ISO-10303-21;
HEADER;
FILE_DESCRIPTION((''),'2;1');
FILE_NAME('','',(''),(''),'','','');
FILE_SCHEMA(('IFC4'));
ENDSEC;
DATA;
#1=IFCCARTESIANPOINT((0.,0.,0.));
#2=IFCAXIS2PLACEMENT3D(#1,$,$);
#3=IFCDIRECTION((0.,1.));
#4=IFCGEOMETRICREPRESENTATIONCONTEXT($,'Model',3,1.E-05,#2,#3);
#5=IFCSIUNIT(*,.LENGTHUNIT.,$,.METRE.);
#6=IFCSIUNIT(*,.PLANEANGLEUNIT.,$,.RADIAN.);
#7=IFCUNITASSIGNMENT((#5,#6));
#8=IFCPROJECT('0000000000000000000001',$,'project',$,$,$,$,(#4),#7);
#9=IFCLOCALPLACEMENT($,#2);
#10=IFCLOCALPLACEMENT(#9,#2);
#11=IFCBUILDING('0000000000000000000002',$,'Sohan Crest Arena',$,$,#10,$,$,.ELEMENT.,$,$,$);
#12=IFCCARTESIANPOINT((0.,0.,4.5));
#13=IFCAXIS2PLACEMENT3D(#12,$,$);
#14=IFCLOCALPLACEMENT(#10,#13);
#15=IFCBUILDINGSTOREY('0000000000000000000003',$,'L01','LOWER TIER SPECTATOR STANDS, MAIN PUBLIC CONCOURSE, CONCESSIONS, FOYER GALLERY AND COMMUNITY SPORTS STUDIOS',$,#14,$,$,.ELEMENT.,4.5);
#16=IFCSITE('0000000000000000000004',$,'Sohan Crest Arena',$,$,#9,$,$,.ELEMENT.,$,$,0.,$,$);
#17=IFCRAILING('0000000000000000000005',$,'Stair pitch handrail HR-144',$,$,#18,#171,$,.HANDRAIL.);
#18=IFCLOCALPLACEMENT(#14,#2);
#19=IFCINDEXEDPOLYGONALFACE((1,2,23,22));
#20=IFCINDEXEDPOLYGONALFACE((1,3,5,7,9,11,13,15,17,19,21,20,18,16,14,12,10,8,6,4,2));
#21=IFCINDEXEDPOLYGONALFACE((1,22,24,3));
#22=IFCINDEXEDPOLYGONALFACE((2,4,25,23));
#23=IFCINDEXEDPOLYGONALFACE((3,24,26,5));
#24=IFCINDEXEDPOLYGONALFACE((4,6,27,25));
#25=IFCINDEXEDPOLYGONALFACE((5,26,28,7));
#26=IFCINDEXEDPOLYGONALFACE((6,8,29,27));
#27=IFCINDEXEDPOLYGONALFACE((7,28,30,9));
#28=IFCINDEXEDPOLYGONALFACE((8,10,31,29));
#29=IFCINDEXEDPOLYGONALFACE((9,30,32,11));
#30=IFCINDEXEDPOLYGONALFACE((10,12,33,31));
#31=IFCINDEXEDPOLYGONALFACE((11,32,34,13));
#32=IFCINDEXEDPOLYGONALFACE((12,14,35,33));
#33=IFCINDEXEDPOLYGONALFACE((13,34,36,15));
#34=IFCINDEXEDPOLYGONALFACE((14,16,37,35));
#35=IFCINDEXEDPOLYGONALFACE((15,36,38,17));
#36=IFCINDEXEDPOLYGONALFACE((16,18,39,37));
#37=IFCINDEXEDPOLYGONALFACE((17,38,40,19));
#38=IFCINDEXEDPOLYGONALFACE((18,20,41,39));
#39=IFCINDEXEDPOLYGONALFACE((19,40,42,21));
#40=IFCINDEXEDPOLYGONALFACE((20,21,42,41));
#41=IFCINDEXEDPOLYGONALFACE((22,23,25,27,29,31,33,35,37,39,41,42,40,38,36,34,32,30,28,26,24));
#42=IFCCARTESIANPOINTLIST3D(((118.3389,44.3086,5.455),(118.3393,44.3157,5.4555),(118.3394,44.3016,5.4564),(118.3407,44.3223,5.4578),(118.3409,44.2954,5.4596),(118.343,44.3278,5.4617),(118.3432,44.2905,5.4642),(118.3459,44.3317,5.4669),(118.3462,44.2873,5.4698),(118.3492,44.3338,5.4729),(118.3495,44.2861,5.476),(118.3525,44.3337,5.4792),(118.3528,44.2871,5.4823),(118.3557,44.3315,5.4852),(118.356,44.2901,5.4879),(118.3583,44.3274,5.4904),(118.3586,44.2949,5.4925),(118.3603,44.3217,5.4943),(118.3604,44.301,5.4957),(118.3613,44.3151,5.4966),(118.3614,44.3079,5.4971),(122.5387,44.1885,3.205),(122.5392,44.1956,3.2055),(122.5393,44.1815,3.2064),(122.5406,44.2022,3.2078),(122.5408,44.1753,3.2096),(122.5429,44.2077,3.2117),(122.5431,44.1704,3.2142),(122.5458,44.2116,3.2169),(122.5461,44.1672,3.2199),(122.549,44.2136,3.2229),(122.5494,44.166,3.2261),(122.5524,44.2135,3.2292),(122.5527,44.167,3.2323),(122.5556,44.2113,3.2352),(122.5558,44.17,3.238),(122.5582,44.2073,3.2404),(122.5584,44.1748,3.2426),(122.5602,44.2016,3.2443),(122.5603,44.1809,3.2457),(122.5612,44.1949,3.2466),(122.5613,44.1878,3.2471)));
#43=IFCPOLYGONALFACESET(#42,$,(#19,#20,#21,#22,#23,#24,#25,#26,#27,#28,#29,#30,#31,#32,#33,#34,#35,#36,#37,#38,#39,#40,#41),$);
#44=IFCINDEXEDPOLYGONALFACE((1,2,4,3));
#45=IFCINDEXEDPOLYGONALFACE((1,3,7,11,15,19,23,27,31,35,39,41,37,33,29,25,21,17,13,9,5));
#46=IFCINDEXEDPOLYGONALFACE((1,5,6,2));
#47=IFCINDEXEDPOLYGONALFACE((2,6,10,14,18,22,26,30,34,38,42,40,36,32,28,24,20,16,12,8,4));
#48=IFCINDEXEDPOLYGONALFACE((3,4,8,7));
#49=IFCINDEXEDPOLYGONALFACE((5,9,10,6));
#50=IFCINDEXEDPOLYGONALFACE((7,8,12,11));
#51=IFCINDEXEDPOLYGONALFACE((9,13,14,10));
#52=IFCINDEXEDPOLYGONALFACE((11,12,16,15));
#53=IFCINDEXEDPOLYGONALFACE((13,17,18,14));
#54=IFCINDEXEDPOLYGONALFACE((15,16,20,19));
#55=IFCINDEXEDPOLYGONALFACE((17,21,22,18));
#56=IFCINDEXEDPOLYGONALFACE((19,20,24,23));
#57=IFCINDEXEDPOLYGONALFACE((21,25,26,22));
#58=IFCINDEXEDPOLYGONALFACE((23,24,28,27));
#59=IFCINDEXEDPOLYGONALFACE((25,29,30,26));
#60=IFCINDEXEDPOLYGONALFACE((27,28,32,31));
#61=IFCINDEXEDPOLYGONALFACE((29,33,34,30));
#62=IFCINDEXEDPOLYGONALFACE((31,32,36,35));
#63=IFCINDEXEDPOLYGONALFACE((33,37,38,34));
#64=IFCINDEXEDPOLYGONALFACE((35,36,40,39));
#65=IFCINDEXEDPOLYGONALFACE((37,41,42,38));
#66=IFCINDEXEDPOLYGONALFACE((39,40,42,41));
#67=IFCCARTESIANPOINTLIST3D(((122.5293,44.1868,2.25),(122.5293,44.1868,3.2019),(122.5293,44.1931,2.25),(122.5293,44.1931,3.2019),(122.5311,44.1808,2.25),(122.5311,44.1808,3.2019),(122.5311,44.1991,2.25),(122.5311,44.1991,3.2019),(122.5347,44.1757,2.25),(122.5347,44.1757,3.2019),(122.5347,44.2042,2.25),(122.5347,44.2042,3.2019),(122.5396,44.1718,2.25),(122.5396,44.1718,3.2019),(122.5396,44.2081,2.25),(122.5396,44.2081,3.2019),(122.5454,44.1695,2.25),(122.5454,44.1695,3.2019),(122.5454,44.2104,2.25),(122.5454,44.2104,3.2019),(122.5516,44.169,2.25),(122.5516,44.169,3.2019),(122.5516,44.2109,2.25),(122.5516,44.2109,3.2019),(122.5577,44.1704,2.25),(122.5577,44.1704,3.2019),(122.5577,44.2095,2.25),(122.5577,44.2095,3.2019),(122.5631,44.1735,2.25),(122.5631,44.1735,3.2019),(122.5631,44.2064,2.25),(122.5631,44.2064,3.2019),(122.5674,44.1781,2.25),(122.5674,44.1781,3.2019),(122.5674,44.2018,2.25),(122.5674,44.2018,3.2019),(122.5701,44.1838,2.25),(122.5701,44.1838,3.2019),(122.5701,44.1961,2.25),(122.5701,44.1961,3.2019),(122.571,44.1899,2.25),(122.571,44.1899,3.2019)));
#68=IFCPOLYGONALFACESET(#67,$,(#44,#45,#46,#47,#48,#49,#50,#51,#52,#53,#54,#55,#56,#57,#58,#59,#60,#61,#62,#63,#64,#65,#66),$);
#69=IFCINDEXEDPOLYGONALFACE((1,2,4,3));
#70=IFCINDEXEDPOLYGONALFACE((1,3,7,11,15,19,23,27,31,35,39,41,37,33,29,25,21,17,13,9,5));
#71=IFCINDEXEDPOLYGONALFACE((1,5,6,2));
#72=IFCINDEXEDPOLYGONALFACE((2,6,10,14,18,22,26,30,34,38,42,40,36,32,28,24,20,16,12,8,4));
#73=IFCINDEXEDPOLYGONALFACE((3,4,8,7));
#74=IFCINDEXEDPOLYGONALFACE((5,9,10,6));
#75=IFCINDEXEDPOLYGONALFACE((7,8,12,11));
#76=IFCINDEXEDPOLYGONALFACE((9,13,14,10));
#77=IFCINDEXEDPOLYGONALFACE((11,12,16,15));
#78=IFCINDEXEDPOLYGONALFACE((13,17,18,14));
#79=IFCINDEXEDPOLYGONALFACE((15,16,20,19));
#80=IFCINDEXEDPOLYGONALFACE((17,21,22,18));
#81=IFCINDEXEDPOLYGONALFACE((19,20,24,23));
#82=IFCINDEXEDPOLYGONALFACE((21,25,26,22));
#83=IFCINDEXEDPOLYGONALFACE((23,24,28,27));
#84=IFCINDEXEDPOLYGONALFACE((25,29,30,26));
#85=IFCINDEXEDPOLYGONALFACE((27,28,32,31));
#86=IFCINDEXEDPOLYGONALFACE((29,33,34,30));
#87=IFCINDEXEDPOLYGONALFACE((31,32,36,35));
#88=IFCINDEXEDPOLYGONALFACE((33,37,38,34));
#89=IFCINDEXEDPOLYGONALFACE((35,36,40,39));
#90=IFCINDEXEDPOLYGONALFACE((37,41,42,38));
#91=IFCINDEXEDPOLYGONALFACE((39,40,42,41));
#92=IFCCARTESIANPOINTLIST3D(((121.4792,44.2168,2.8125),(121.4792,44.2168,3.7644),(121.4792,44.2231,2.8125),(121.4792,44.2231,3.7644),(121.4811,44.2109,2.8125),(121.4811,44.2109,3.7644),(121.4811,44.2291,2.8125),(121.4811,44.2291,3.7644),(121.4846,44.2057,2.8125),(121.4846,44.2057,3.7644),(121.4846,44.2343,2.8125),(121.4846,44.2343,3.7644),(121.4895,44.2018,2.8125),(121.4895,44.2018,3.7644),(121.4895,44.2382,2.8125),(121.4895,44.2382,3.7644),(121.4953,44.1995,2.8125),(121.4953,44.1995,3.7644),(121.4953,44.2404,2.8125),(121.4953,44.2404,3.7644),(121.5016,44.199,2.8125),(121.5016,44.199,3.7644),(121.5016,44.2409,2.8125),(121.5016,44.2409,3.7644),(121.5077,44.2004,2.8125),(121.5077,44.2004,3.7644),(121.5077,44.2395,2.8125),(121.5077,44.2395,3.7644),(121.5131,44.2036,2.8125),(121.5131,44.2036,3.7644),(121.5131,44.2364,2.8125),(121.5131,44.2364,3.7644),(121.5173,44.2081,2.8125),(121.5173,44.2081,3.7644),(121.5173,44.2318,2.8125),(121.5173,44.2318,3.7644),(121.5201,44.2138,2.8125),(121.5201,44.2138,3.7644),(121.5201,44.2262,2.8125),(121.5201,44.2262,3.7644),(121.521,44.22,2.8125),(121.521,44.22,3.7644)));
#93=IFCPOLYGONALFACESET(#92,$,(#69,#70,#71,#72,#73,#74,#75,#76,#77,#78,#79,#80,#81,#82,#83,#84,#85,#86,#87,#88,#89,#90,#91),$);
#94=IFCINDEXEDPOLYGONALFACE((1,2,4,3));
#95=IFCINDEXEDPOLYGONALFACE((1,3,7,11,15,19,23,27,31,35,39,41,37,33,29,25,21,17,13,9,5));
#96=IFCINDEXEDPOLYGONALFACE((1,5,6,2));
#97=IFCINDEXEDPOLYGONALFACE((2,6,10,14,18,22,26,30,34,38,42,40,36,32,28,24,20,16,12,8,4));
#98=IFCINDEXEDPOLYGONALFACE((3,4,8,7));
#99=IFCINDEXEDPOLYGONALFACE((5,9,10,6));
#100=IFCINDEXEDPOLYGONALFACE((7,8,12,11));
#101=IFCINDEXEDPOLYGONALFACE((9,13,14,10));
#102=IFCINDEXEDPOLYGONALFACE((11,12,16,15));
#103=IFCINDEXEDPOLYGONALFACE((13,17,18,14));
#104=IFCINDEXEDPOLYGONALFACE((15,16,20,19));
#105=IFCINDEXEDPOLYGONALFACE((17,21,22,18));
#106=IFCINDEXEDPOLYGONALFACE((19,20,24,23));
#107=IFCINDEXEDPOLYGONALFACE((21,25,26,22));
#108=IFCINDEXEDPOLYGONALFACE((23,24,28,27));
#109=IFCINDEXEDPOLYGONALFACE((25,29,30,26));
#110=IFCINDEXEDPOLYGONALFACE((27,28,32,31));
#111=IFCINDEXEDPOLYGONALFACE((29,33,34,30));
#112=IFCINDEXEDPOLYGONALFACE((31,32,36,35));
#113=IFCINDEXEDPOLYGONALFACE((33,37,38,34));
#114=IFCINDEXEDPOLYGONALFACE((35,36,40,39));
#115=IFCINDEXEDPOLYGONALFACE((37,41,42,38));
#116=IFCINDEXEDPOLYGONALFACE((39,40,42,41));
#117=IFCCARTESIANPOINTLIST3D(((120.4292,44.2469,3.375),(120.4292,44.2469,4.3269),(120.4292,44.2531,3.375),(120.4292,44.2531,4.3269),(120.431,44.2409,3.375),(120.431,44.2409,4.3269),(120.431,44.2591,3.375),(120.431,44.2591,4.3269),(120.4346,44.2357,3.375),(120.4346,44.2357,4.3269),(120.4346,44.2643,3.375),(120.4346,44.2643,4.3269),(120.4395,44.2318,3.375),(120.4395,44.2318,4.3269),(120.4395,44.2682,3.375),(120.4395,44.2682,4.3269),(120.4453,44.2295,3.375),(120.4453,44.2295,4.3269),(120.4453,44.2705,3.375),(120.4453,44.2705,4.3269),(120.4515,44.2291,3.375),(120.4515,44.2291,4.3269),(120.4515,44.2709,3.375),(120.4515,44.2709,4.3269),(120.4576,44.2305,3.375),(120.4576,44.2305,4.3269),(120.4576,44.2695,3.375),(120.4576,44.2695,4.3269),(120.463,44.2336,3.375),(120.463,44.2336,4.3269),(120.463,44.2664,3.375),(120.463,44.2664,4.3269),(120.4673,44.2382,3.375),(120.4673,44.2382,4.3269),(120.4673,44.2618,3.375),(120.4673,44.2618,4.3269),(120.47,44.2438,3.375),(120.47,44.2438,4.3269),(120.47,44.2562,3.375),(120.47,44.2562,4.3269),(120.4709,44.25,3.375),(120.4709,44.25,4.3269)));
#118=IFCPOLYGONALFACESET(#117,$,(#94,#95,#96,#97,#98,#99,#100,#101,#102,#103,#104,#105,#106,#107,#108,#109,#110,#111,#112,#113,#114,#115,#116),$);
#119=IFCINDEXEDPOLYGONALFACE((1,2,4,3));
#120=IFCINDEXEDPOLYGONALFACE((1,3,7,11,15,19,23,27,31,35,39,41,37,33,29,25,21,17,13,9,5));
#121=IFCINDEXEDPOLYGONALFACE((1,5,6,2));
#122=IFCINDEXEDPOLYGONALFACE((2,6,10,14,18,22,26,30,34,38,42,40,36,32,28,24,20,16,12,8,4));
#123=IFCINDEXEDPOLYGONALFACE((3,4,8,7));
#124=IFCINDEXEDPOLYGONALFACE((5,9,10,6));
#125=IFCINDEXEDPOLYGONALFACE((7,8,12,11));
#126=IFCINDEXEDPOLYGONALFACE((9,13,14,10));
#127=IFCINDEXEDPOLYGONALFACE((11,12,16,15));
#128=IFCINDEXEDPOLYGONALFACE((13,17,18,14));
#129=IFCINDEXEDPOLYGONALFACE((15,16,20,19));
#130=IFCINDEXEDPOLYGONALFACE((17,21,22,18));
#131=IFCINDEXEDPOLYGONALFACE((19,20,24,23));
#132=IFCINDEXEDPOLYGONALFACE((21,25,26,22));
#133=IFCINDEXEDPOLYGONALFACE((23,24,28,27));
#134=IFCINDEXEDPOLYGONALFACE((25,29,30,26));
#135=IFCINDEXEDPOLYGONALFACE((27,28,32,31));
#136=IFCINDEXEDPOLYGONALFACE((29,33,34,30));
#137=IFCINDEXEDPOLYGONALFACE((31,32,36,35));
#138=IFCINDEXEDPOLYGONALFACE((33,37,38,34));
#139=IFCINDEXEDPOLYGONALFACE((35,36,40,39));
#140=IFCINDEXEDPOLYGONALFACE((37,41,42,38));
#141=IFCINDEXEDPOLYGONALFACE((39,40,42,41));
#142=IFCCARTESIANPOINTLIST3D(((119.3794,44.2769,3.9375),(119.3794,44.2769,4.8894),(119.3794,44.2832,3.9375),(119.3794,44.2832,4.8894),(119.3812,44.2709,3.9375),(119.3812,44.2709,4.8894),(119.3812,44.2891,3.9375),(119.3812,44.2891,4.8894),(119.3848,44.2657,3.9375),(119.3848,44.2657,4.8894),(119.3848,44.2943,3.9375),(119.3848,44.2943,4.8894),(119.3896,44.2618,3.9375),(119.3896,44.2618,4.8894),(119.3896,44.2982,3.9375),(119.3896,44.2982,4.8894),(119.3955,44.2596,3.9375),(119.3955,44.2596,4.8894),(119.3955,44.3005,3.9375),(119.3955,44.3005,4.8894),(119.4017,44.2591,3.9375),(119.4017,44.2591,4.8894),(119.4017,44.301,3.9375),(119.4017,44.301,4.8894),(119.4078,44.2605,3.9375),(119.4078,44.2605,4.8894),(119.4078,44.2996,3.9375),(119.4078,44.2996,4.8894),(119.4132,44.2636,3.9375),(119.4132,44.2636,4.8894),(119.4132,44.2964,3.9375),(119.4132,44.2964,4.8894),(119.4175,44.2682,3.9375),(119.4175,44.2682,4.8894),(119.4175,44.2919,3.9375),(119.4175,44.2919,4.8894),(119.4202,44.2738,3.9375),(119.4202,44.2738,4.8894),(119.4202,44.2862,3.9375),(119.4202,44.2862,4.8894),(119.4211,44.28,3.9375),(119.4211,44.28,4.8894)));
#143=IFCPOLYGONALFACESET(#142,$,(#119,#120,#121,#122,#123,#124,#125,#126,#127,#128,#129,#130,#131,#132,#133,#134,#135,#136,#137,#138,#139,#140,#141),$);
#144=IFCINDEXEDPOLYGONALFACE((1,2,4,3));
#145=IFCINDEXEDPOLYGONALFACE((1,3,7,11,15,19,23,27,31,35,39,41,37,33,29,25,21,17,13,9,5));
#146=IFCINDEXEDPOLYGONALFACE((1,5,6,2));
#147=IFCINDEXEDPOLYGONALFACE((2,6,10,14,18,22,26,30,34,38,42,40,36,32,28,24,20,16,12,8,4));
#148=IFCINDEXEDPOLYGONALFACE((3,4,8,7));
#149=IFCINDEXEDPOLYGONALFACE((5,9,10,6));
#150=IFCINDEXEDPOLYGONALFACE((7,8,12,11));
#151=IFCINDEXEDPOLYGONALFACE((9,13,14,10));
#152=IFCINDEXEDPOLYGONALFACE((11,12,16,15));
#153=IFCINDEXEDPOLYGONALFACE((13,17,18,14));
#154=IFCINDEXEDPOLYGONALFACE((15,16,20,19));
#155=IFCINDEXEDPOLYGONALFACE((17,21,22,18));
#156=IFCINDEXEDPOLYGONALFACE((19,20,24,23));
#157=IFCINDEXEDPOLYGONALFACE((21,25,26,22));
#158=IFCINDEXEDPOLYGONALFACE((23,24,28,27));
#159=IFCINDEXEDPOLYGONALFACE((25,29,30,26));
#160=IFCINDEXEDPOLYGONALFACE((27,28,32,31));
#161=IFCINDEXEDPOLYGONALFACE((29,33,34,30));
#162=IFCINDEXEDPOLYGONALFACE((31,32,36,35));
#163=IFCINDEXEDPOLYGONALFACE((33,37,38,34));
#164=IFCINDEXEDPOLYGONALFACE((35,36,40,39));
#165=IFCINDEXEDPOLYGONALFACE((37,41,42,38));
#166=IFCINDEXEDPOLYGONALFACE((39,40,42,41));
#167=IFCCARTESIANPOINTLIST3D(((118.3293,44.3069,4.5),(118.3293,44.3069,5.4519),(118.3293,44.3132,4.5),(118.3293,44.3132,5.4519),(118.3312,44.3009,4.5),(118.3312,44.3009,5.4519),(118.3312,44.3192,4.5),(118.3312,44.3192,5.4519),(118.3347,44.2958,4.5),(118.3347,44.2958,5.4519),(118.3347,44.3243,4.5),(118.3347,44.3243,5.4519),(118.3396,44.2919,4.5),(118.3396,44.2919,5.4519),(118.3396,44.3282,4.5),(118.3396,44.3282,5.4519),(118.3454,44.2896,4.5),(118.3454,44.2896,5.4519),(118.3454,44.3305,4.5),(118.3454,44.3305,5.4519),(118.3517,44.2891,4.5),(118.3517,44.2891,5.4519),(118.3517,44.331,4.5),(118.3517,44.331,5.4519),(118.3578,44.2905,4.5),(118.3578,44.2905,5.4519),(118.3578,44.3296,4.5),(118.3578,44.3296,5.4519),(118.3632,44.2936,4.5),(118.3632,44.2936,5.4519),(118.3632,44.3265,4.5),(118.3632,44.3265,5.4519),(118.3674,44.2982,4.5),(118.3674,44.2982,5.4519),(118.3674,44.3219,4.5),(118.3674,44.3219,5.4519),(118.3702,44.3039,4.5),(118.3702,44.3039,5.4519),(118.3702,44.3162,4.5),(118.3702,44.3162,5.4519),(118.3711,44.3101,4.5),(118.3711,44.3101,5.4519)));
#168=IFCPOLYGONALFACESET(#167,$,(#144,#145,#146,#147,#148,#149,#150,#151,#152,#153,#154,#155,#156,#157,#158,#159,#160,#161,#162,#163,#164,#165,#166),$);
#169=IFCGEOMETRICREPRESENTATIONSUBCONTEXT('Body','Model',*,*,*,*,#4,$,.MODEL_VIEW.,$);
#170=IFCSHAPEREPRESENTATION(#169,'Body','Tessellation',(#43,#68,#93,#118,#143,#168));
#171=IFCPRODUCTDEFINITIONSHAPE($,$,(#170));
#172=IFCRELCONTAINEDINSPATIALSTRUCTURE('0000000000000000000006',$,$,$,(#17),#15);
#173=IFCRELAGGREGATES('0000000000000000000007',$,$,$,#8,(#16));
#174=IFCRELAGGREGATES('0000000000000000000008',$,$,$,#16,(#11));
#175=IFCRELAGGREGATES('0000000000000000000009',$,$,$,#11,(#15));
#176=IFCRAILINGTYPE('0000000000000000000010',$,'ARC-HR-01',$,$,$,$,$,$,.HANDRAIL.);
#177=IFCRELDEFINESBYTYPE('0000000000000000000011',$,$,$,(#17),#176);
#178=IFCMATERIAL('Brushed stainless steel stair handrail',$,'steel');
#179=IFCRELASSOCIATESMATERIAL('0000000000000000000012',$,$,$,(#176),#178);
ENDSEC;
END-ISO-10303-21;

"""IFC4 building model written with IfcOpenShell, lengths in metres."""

from ifc_helpers import new_model, si_unit, direction, frame, origin, origin_2d, place, context, subcontext, project, spatial, circle, extrude, material, type_object, element, save


model = new_model("IFC4")

# Units and contexts
model_context = context("Model", 3, precision=1e-05, world=origin(), true_north=direction((0.0, 1.0)))
body_context = subcontext(model_context, "Body", "Model", "MODEL_VIEW")
ifc_project = project(units=[si_unit("LENGTHUNIT", "METRE"), si_unit("PLANEANGLEUNIT", "RADIAN")], contexts=[model_context])

# Site, building, storey
site_placement = place(None, origin())
site = spatial("IfcSite", under=ifc_project, at=site_placement, Name="Sohan Crest Arena", CompositionType="ELEMENT", RefElevation=0.0)
building_placement = place(site_placement, origin())
building = spatial("IfcBuilding", under=site, at=building_placement, Name="Sohan Crest Arena", CompositionType="ELEMENT")
storey_placement = place(building_placement, frame((0.0, 0.0, 4.5)))
storey = spatial("IfcBuildingStorey", under=building, at=storey_placement, Name="L01", Description="LOWER TIER SPECTATOR STANDS, MAIN PUBLIC CONCOURSE, CONCESSIONS, FOYER GALLERY AND COMMUNITY SPORTS STUDIOS", CompositionType="ELEMENT", Elevation=4.5)

# Railing
ifc_material_1 = material(Name="Brushed stainless steel stair handrail", Category="steel")
railing_type_1 = type_object("IfcRailingType", Name="ARC-HR-01", PredefinedType="HANDRAIL", material=ifc_material_1)
railing_1_placement = place(storey_placement, frame((122.55, 44.1899, 2.25)))
element("IfcRailing", 1, at=railing_1_placement, inside=storey, type_object=railing_type_1, Name="Stair pitch handrail HR-144", PredefinedType="HANDRAIL", context=body_context, shape_type="SweptSolid", body=[
    extrude(circle(Radius=0.0239, at=origin_2d()), frame((0.0, 0.0, 0.9761), z_axis=(-0.881198, 0.025202, 0.472076), x_axis=(-0.028588, -0.999591, 0.0)), (0.0, 0.0, 1.0), 4.7661),
    extrude(circle(Radius=0.021, at=origin_2d()), origin(), (0.0, 0.0, 1.0), 0.9519),
    extrude(circle(Radius=0.021, at=origin_2d()), frame((-1.05, 0.03, 0.5625)), (0.0, 0.0, 1.0), 0.9519),
    extrude(circle(Radius=0.021, at=origin_2d()), frame((-2.1001, 0.0601, 1.125)), (0.0, 0.0, 1.0), 0.9519),
    extrude(circle(Radius=0.021, at=origin_2d()), frame((-3.1499, 0.0901, 1.6875)), (0.0, 0.0, 1.0), 0.9519),
    extrude(circle(Radius=0.021, at=origin_2d()), frame((-4.2, 0.1201, 2.25)), (0.0, 0.0, 1.0), 0.9519),
])

save(model, "model.ifc")
